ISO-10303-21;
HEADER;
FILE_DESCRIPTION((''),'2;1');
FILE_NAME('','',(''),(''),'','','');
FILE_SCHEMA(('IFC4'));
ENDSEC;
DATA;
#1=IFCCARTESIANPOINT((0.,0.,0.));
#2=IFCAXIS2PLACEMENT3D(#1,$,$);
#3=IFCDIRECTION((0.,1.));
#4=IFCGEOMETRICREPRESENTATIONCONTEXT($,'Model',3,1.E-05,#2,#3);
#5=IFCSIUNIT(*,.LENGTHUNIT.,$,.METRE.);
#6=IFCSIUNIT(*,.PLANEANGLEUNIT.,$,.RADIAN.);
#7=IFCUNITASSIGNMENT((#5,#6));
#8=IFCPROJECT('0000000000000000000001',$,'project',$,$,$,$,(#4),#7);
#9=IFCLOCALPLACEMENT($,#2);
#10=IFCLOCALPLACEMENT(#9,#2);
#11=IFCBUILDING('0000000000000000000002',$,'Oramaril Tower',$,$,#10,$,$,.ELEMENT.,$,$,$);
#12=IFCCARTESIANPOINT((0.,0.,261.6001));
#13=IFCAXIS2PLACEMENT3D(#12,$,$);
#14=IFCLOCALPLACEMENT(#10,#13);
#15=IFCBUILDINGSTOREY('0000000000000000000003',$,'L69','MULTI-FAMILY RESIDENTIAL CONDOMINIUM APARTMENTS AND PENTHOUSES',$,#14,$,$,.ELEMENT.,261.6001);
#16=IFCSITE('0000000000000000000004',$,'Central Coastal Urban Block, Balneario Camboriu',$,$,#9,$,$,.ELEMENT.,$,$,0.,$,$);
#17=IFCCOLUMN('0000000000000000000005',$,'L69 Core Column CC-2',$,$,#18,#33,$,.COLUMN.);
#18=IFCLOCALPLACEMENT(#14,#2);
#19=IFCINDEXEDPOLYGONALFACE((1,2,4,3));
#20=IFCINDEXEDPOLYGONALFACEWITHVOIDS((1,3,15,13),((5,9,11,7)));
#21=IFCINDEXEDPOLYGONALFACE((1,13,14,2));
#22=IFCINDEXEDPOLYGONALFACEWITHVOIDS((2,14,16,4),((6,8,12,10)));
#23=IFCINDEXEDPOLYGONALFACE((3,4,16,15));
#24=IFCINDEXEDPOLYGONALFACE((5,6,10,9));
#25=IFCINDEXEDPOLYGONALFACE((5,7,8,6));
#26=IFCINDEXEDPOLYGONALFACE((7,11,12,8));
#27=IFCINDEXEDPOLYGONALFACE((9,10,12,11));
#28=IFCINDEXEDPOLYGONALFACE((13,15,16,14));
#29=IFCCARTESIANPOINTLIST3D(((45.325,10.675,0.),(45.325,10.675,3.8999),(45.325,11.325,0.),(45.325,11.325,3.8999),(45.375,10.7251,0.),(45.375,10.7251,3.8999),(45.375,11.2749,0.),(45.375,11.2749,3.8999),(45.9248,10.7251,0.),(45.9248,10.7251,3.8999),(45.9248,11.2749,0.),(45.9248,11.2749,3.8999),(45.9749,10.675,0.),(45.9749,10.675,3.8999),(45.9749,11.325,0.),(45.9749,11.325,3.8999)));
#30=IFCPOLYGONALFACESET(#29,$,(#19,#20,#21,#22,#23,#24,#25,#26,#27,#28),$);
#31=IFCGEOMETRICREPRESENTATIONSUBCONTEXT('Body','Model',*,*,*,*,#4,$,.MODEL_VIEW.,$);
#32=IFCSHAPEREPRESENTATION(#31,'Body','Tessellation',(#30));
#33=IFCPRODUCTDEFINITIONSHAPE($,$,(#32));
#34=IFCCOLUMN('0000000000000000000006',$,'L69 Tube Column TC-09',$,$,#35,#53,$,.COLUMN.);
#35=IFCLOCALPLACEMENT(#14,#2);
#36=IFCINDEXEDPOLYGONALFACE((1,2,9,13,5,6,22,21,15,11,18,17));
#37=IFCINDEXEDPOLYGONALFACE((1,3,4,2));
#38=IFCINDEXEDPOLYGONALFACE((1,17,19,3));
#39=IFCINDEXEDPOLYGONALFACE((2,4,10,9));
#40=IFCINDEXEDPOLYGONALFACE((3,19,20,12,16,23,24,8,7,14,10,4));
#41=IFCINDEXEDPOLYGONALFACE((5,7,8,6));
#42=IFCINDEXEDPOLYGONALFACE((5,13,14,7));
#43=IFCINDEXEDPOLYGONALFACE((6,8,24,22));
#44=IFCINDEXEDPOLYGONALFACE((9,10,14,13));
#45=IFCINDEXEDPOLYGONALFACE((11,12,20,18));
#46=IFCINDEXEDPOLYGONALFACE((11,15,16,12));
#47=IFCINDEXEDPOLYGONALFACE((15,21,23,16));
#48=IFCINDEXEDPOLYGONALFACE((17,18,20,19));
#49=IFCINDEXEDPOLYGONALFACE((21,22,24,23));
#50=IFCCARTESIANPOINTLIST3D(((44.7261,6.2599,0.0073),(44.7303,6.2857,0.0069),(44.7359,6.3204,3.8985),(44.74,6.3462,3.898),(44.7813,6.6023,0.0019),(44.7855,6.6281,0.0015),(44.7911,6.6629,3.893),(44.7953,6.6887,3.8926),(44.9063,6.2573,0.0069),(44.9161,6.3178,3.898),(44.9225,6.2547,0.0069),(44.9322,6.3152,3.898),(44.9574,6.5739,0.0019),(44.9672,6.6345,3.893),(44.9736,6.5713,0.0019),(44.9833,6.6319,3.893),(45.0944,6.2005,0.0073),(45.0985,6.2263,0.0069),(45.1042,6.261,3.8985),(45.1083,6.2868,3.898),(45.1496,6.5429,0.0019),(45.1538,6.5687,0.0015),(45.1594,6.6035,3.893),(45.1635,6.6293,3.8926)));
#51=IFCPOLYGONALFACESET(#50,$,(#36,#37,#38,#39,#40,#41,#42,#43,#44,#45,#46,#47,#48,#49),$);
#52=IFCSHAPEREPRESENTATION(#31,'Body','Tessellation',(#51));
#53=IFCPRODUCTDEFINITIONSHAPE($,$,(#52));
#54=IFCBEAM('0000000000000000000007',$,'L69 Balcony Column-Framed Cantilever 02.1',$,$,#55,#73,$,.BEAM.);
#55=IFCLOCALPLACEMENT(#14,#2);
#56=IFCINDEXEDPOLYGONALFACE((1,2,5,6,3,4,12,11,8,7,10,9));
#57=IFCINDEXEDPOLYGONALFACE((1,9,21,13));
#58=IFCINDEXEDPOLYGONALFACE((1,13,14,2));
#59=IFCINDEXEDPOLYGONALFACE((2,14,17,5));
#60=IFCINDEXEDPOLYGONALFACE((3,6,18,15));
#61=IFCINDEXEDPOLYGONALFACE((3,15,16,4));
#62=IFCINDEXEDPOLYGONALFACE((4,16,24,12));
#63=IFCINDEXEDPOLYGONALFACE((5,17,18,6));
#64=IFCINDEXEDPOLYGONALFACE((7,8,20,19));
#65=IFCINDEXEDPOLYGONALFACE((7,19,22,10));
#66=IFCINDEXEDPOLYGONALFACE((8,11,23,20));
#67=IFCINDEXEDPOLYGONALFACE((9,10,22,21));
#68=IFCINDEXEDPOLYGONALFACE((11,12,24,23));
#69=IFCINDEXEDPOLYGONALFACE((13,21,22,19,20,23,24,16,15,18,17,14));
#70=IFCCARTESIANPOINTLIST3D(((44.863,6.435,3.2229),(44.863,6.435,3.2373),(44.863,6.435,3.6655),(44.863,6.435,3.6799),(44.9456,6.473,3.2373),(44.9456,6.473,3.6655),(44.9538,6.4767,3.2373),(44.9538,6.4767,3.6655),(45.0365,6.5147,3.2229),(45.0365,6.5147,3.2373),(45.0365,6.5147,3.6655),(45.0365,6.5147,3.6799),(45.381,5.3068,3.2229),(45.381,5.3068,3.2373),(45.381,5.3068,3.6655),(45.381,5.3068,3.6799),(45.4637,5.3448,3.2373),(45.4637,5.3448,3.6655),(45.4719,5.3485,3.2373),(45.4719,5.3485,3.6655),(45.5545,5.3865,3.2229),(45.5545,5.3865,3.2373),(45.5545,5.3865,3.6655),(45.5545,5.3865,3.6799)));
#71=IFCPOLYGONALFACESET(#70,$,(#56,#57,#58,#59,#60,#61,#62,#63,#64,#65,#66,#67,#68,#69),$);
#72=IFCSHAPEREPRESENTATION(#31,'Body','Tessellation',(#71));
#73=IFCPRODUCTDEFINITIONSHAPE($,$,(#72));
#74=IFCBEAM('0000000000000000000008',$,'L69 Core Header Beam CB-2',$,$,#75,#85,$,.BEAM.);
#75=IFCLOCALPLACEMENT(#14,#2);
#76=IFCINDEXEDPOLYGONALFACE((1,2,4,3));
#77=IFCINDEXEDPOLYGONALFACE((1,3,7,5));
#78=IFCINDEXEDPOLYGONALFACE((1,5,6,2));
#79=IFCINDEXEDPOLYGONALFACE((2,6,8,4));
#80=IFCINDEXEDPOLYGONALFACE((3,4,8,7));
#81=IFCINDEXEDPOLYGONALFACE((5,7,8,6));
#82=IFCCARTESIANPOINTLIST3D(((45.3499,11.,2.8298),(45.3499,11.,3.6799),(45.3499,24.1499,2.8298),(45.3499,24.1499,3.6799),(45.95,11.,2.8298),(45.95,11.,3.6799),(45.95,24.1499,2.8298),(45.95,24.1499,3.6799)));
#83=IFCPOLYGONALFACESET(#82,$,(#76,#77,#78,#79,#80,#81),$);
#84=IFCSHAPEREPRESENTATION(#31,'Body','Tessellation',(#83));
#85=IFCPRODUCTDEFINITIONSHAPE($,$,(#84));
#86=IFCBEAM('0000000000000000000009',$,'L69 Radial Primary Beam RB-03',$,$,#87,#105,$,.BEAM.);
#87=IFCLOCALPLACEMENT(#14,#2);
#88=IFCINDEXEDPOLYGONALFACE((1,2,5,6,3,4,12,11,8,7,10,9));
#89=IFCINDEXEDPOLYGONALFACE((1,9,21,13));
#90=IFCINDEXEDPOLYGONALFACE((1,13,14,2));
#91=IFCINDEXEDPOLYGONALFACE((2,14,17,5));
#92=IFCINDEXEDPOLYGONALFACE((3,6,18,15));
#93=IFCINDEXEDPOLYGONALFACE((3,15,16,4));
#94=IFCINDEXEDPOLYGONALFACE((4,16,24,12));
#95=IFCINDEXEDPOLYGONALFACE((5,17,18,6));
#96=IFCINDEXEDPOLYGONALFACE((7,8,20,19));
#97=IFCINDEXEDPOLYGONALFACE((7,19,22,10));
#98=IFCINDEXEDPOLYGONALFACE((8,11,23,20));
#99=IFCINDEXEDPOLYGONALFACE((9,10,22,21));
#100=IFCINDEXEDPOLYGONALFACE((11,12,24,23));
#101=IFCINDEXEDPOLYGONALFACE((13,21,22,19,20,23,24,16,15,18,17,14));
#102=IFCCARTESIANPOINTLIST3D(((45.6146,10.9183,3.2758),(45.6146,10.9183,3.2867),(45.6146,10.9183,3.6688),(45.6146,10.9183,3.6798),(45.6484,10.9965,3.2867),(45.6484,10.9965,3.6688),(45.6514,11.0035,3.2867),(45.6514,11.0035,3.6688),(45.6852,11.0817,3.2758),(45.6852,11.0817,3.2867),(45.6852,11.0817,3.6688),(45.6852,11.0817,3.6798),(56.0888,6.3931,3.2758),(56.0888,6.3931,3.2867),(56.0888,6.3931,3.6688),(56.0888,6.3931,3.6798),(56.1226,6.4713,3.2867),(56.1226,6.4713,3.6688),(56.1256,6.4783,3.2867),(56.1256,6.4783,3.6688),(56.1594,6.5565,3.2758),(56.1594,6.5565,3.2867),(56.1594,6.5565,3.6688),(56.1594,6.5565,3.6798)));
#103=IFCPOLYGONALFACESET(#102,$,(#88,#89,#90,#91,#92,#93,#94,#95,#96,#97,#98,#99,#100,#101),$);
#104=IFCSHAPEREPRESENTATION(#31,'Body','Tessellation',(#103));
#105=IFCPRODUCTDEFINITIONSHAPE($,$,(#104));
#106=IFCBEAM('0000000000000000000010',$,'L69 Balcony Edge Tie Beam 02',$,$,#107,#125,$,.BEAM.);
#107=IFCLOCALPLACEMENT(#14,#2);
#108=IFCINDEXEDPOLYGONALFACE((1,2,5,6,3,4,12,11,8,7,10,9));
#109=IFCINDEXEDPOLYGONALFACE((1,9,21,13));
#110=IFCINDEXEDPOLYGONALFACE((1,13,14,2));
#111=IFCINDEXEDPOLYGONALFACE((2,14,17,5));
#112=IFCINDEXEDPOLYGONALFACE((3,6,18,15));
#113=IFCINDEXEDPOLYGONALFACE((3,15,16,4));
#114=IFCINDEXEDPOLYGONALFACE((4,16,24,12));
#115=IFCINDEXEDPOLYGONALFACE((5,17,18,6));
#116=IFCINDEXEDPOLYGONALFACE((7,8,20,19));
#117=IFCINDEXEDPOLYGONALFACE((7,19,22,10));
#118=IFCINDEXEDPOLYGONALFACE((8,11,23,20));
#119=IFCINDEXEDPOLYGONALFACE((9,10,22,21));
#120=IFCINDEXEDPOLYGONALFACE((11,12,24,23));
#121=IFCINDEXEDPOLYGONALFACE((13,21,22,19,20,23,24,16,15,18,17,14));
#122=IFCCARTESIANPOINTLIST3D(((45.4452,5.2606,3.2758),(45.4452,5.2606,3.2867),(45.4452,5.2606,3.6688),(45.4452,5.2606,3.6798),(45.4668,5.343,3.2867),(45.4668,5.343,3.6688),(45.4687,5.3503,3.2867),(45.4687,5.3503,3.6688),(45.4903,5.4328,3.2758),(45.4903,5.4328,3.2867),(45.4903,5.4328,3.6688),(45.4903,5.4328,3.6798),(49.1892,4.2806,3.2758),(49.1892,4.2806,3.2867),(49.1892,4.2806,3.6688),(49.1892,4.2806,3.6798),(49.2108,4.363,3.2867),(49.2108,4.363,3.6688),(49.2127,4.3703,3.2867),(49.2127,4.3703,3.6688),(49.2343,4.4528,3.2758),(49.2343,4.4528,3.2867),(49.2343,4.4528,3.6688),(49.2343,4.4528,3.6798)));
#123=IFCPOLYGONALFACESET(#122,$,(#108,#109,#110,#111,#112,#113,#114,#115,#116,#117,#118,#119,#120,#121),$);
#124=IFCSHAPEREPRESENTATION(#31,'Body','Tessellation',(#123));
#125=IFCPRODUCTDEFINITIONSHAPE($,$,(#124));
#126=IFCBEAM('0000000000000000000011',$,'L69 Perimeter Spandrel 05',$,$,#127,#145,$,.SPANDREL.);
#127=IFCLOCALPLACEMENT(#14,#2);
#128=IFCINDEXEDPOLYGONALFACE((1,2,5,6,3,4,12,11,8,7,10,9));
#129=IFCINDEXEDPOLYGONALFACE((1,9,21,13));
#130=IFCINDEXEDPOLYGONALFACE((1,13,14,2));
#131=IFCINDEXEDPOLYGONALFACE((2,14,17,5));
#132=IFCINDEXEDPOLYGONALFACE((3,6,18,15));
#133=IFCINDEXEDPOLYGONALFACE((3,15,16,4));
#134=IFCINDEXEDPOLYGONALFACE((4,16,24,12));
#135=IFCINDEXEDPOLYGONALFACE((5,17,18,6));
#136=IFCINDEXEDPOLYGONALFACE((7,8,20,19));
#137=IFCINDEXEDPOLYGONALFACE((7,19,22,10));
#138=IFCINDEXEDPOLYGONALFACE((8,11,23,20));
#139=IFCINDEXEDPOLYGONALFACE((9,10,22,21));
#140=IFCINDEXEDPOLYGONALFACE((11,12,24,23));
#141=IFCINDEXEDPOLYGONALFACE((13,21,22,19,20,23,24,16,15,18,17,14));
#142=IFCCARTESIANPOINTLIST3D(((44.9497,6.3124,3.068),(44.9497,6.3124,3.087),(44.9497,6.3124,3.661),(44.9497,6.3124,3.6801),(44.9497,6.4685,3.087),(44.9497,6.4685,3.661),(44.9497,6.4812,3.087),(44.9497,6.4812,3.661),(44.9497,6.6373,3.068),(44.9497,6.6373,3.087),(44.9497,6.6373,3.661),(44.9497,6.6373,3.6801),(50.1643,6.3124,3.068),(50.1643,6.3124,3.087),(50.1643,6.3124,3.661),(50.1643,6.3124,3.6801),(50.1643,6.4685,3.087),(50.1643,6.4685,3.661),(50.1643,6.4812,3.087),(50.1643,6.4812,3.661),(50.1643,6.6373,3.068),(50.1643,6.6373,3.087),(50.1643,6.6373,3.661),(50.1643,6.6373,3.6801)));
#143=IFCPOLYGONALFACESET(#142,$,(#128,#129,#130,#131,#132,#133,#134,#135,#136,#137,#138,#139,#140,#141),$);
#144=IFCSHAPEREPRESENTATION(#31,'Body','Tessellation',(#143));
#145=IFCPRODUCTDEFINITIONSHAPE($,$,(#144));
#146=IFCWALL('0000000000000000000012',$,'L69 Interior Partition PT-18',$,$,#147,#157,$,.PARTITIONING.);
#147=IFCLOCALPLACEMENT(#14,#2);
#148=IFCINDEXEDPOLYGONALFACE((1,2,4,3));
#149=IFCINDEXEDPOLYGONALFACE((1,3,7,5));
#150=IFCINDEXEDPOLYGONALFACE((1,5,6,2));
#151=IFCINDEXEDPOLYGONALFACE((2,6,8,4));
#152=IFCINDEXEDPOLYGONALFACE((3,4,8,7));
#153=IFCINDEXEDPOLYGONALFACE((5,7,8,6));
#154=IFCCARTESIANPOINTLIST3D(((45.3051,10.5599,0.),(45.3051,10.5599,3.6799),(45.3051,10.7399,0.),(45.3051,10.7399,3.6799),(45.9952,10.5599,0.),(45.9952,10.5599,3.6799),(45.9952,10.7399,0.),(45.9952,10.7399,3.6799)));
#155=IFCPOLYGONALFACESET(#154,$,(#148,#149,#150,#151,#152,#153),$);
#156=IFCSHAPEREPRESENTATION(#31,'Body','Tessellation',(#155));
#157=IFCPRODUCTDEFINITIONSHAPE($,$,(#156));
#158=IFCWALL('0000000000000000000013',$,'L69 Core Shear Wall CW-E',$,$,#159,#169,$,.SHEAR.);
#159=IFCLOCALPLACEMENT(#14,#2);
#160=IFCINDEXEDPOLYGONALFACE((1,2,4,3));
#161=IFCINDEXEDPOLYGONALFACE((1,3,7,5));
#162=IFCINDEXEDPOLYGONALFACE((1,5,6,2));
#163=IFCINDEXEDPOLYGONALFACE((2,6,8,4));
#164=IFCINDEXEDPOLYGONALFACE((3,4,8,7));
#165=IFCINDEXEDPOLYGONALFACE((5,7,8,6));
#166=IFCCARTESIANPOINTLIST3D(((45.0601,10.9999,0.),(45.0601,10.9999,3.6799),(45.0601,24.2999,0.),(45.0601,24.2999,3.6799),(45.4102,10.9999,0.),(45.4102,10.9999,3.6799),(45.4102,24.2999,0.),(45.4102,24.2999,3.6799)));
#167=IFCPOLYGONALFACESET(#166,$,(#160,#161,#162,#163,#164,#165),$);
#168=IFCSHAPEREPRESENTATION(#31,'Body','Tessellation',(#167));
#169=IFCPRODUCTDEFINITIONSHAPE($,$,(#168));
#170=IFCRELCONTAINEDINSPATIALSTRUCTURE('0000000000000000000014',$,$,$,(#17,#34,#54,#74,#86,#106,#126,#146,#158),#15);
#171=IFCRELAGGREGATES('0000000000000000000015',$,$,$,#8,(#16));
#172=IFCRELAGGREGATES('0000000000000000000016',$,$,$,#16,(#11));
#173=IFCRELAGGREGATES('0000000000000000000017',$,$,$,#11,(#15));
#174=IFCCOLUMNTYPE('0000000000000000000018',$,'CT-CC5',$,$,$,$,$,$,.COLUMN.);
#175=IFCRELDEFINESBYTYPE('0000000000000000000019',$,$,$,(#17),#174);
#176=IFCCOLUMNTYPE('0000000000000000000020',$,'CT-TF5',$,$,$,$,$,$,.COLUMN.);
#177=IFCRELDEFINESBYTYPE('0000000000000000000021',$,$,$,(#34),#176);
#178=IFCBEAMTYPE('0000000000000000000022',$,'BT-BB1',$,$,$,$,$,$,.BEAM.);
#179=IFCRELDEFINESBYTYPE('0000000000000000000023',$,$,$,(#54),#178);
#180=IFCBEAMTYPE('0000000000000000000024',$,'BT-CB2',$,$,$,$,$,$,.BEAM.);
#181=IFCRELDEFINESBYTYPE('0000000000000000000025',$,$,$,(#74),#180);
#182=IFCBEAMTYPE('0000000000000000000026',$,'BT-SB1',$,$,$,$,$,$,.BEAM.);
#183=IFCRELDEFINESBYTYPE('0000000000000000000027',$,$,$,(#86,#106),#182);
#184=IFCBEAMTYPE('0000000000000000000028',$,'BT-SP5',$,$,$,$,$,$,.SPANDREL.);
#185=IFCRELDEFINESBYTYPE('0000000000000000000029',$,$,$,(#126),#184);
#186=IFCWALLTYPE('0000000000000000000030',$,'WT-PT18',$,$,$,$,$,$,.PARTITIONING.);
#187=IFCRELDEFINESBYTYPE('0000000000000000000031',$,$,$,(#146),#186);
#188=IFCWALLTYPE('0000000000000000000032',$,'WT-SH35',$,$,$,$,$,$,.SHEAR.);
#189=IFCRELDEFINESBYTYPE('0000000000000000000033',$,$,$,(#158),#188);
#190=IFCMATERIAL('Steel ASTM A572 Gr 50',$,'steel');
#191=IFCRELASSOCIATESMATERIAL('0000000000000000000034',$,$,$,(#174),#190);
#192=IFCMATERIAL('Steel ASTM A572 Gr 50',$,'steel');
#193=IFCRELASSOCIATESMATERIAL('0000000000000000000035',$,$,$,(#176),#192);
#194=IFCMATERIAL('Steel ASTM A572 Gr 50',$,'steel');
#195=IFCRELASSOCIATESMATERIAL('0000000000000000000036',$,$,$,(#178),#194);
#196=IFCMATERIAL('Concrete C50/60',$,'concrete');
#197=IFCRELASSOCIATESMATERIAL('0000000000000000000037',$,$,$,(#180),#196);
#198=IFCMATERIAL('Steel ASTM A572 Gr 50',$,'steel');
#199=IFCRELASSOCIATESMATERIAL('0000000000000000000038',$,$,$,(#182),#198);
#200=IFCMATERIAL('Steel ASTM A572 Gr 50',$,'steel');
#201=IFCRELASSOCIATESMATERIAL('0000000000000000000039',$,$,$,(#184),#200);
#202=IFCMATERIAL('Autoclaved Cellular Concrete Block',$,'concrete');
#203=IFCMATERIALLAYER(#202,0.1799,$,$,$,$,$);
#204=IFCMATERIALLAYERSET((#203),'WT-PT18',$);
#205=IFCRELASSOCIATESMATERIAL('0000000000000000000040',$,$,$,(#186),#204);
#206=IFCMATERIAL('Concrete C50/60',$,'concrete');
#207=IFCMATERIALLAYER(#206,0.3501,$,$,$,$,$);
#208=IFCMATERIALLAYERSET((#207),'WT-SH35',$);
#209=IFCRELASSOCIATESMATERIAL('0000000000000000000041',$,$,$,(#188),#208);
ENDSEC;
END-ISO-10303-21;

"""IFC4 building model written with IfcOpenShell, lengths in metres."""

from ifc_helpers import new_model, si_unit, direction, frame, frame_2d, origin, origin_2d, place, context, subcontext, project, spatial, rectangle, hollow_rectangle, i_section, extrude, material, layer, layer_set, material_profile, profile_set, type_object, element, save


model = new_model("IFC4")

# Units and contexts
model_context = context("Model", 3, precision=1e-05, world=origin(), true_north=direction((0.0, 1.0)))
body_context = subcontext(model_context, "Body", "Model", "MODEL_VIEW")
ifc_project = project(units=[si_unit("LENGTHUNIT", "METRE"), si_unit("PLANEANGLEUNIT", "RADIAN")], contexts=[model_context])

# Site, building, storey
site_placement = place(None, origin())
site = spatial("IfcSite", under=ifc_project, at=site_placement, Name="Central Coastal Urban Block, Balneario Camboriu", CompositionType="ELEMENT", RefElevation=0.0)
building_placement = place(site_placement, origin())
building = spatial("IfcBuilding", under=site, at=building_placement, Name="Oramaril Tower", CompositionType="ELEMENT")
storey_placement = place(building_placement, frame((0.0, 0.0, 261.6001)))
storey = spatial("IfcBuildingStorey", under=building, at=storey_placement, Name="L69", Description="MULTI-FAMILY RESIDENTIAL CONDOMINIUM APARTMENTS AND PENTHOUSES", CompositionType="ELEMENT", Elevation=261.6001)

# Columns
ifc_material_1 = material(Name="Steel ASTM A572 Gr 50", Category="steel")
ifc_material_profile_1 = material_profile(ifc_material_1, hollow_rectangle(XDim=0.6499, YDim=0.6499, WallThickness=0.05, at=origin_2d()), Name="BOX650X650X50")
ifc_profile_set_1 = profile_set([ifc_material_profile_1], Name="Steel ASTM A572 Gr 50")
column_type_1 = type_object("IfcColumnType", Name="CT-CC5", PredefinedType="COLUMN", material=ifc_profile_set_1)
column_1_placement = place(storey_placement, frame((45.6499, 11.0, 0.0), z_axis=(0.0, 0.0, 1.0), x_axis=(1.0, 0.0, 0.0)))
element("IfcColumn", 1, at=column_1_placement, inside=storey, type_object=column_type_1, Name="L69 Core Column CC-2", PredefinedType="COLUMN", context=body_context, shape_type="SweptSolid", body=[
    extrude(hollow_rectangle(XDim=0.6499, YDim=0.6499, WallThickness=0.05, at=origin_2d()), origin(), (0.0, 0.0, 1.0), 3.8999),
])
ifc_material_2 = material(Name="Steel ASTM A572 Gr 50", Category="steel")
ifc_material_profile_2 = material_profile(ifc_material_2, i_section(OverallWidth=0.373, OverallDepth=0.373, WebThickness=0.0164, FlangeThickness=0.0261, at=origin_2d()), Name="W14X132")
ifc_profile_set_2 = profile_set([ifc_material_profile_2], Name="Steel ASTM A572 Gr 50")
column_type_2 = type_object("IfcColumnType", Name="CT-TF5", PredefinedType="COLUMN", material=ifc_profile_set_2)
column_2_placement = place(storey_placement, frame((44.9399, 6.4143, 0.0044), z_axis=(0.002509, 0.015558, 0.999876), x_axis=(-0.987241, 0.159232, 0.0)))
element("IfcColumn", 2, at=column_2_placement, inside=storey, type_object=column_type_2, Name="L69 Tube Column TC-09", PredefinedType="COLUMN", context=body_context, shape_type="SweptSolid", body=[
    extrude(i_section(OverallWidth=0.373, OverallDepth=0.373, WebThickness=0.0164, FlangeThickness=0.0261, at=origin_2d()), origin(), (0.0, 0.0, 1.0), 3.8916),
])

# Beams
ifc_material_3 = material(Name="Steel ASTM A572 Gr 50", Category="steel")
ifc_material_profile_3 = material_profile(ifc_material_3, i_section(OverallWidth=0.1909, OverallDepth=0.457, WebThickness=0.009, FlangeThickness=0.0144, at=origin_2d()), Name="W18X50")
ifc_profile_set_3 = profile_set([ifc_material_profile_3], Name="Steel ASTM A572 Gr 50")
beam_type_1 = type_object("IfcBeamType", Name="BT-BB1", PredefinedType="BEAM", material=ifc_profile_set_3)
beam_1_placement = place(storey_placement, frame((44.9497, 6.4749, 3.4514), z_axis=(0.417311, -0.908764, 0.0), x_axis=(0.908764, 0.417311, 0.0)))
element("IfcBeam", 3, at=beam_1_placement, inside=storey, type_object=beam_type_1, Name="L69 Balcony Column-Framed Cantilever 02.1", PredefinedType="BEAM", context=body_context, shape_type="SweptSolid", body=[
    extrude(i_section(OverallWidth=0.1909, OverallDepth=0.457, WebThickness=0.009, FlangeThickness=0.0144, at=origin_2d()), origin(), (0.0, 0.0, 1.0), 1.2415),
])
ifc_material_4 = material(Name="Concrete C50/60", Category="concrete")
ifc_material_profile_4 = material_profile(ifc_material_4, rectangle(XDim=0.6001, YDim=0.8501, at=origin_2d()), Name="CB600X850")
ifc_profile_set_4 = profile_set([ifc_material_profile_4], Name="Concrete C50/60")
beam_type_2 = type_object("IfcBeamType", Name="BT-CB2", PredefinedType="BEAM", material=ifc_profile_set_4)
beam_2_placement = place(storey_placement, frame((45.6499, 11.0, 3.2549), z_axis=(0.0, 1.0, 0.0), x_axis=(-1.0, 0.0, 0.0)))
element("IfcBeam", 4, at=beam_2_placement, inside=storey, type_object=beam_type_2, Name="L69 Core Header Beam CB-2", PredefinedType="BEAM", context=body_context, shape_type="SweptSolid", body=[
    extrude(rectangle(XDim=0.6001, YDim=0.8501, at=origin_2d()), origin(), (0.0, 0.0, 1.0), 13.1499),
])
ifc_material_5 = material(Name="Steel ASTM A572 Gr 50", Category="steel")
ifc_material_profile_5 = material_profile(ifc_material_5, i_section(OverallWidth=0.178, OverallDepth=0.4041, WebThickness=0.0076, FlangeThickness=0.011, at=origin_2d()), Name="W16X36")
ifc_profile_set_5 = profile_set([ifc_material_profile_5], Name="Steel ASTM A572 Gr 50")
beam_type_3 = type_object("IfcBeamType", Name="BT-SB1", PredefinedType="BEAM", material=ifc_profile_set_5)
beam_3_placement = place(storey_placement, frame((45.6499, 11.0, 3.4778), z_axis=(0.917991, -0.396601, 0.0), x_axis=(0.396601, 0.917991, 0.0)))
element("IfcBeam", 5, at=beam_3_placement, inside=storey, type_object=beam_type_3, Name="L69 Radial Primary Beam RB-03", PredefinedType="BEAM", context=body_context, shape_type="SweptSolid", body=[
    extrude(i_section(OverallWidth=0.178, OverallDepth=0.4041, WebThickness=0.0076, FlangeThickness=0.011, at=origin_2d()), origin(), (0.0, 0.0, 1.0), 11.4099),
])
beam_4_placement = place(storey_placement, frame((45.4678, 5.3467, 3.4778), z_axis=(0.967408, -0.253223, 0.0), x_axis=(0.253223, 0.967408, 0.0)))
element("IfcBeam", 6, at=beam_4_placement, inside=storey, type_object=beam_type_3, Name="L69 Balcony Edge Tie Beam 02", PredefinedType="BEAM", context=body_context, shape_type="SweptSolid", body=[
    extrude(i_section(OverallWidth=0.178, OverallDepth=0.4041, WebThickness=0.0076, FlangeThickness=0.011, at=origin_2d()), origin(), (0.0, 0.0, 1.0), 3.8701),
])
ifc_material_6 = material(Name="Steel ASTM A572 Gr 50", Category="steel")
ifc_material_profile_6 = material_profile(ifc_material_6, i_section(OverallWidth=0.325, OverallDepth=0.6121, WebThickness=0.0127, FlangeThickness=0.019, at=origin_2d()), Name="W24X104")
ifc_profile_set_6 = profile_set([ifc_material_profile_6], Name="Steel ASTM A572 Gr 50")
beam_type_4 = type_object("IfcBeamType", Name="BT-SP5", PredefinedType="SPANDREL", material=ifc_profile_set_6)
beam_5_placement = place(storey_placement, frame((44.9497, 6.4749, 3.374), z_axis=(1.0, 0.0, 0.0), x_axis=(0.0, 1.0, 0.0)))
element("IfcBeam", 7, at=beam_5_placement, inside=storey, type_object=beam_type_4, Name="L69 Perimeter Spandrel 05", PredefinedType="SPANDREL", context=body_context, shape_type="SweptSolid", body=[
    extrude(i_section(OverallWidth=0.325, OverallDepth=0.6121, WebThickness=0.0127, FlangeThickness=0.019, at=origin_2d()), origin(), (0.0, 0.0, 1.0), 5.2146),
])

# Walls
ifc_material_7 = material(Name="Autoclaved Cellular Concrete Block", Category="concrete")
ifc_layer_1 = layer(ifc_material_7, 0.1799)
ifc_layer_set_1 = layer_set([ifc_layer_1], Name="WT-PT18")
wall_type_1 = type_object("IfcWallType", Name="WT-PT18", PredefinedType="PARTITIONING", material=ifc_layer_set_1)
wall_1_placement = place(storey_placement, frame((45.3049, 10.6499, 0.0), z_axis=(0.0, 0.0, 1.0), x_axis=(1.0, 0.0, 0.0)))
element("IfcWall", 8, at=wall_1_placement, inside=storey, type_object=wall_type_1, Name="L69 Interior Partition PT-18", PredefinedType="PARTITIONING", context=body_context, shape_type="SweptSolid", body=[
    extrude(rectangle(XDim=0.6902, YDim=0.1799, at=frame_2d((0.3452, 0.0))), origin(), (0.0, 0.0, 1.0), 3.6799),
])
ifc_material_8 = material(Name="Concrete C50/60", Category="concrete")
ifc_layer_2 = layer(ifc_material_8, 0.3501)
ifc_layer_set_2 = layer_set([ifc_layer_2], Name="WT-SH35")
wall_type_2 = type_object("IfcWallType", Name="WT-SH35", PredefinedType="SHEAR", material=ifc_layer_set_2)
wall_2_placement = place(storey_placement, frame((45.2351, 11.0, 0.0), z_axis=(0.0, 0.0, 1.0), x_axis=(0.0, 1.0, 0.0)))
element("IfcWall", 9, at=wall_2_placement, inside=storey, type_object=wall_type_2, Name="L69 Core Shear Wall CW-E", PredefinedType="SHEAR", context=body_context, shape_type="SweptSolid", body=[
    extrude(rectangle(XDim=13.3, YDim=0.3501, at=frame_2d((6.6499, 0.0))), origin(), (0.0, 0.0, 1.0), 3.6799),
])

save(model, "model.ifc")
